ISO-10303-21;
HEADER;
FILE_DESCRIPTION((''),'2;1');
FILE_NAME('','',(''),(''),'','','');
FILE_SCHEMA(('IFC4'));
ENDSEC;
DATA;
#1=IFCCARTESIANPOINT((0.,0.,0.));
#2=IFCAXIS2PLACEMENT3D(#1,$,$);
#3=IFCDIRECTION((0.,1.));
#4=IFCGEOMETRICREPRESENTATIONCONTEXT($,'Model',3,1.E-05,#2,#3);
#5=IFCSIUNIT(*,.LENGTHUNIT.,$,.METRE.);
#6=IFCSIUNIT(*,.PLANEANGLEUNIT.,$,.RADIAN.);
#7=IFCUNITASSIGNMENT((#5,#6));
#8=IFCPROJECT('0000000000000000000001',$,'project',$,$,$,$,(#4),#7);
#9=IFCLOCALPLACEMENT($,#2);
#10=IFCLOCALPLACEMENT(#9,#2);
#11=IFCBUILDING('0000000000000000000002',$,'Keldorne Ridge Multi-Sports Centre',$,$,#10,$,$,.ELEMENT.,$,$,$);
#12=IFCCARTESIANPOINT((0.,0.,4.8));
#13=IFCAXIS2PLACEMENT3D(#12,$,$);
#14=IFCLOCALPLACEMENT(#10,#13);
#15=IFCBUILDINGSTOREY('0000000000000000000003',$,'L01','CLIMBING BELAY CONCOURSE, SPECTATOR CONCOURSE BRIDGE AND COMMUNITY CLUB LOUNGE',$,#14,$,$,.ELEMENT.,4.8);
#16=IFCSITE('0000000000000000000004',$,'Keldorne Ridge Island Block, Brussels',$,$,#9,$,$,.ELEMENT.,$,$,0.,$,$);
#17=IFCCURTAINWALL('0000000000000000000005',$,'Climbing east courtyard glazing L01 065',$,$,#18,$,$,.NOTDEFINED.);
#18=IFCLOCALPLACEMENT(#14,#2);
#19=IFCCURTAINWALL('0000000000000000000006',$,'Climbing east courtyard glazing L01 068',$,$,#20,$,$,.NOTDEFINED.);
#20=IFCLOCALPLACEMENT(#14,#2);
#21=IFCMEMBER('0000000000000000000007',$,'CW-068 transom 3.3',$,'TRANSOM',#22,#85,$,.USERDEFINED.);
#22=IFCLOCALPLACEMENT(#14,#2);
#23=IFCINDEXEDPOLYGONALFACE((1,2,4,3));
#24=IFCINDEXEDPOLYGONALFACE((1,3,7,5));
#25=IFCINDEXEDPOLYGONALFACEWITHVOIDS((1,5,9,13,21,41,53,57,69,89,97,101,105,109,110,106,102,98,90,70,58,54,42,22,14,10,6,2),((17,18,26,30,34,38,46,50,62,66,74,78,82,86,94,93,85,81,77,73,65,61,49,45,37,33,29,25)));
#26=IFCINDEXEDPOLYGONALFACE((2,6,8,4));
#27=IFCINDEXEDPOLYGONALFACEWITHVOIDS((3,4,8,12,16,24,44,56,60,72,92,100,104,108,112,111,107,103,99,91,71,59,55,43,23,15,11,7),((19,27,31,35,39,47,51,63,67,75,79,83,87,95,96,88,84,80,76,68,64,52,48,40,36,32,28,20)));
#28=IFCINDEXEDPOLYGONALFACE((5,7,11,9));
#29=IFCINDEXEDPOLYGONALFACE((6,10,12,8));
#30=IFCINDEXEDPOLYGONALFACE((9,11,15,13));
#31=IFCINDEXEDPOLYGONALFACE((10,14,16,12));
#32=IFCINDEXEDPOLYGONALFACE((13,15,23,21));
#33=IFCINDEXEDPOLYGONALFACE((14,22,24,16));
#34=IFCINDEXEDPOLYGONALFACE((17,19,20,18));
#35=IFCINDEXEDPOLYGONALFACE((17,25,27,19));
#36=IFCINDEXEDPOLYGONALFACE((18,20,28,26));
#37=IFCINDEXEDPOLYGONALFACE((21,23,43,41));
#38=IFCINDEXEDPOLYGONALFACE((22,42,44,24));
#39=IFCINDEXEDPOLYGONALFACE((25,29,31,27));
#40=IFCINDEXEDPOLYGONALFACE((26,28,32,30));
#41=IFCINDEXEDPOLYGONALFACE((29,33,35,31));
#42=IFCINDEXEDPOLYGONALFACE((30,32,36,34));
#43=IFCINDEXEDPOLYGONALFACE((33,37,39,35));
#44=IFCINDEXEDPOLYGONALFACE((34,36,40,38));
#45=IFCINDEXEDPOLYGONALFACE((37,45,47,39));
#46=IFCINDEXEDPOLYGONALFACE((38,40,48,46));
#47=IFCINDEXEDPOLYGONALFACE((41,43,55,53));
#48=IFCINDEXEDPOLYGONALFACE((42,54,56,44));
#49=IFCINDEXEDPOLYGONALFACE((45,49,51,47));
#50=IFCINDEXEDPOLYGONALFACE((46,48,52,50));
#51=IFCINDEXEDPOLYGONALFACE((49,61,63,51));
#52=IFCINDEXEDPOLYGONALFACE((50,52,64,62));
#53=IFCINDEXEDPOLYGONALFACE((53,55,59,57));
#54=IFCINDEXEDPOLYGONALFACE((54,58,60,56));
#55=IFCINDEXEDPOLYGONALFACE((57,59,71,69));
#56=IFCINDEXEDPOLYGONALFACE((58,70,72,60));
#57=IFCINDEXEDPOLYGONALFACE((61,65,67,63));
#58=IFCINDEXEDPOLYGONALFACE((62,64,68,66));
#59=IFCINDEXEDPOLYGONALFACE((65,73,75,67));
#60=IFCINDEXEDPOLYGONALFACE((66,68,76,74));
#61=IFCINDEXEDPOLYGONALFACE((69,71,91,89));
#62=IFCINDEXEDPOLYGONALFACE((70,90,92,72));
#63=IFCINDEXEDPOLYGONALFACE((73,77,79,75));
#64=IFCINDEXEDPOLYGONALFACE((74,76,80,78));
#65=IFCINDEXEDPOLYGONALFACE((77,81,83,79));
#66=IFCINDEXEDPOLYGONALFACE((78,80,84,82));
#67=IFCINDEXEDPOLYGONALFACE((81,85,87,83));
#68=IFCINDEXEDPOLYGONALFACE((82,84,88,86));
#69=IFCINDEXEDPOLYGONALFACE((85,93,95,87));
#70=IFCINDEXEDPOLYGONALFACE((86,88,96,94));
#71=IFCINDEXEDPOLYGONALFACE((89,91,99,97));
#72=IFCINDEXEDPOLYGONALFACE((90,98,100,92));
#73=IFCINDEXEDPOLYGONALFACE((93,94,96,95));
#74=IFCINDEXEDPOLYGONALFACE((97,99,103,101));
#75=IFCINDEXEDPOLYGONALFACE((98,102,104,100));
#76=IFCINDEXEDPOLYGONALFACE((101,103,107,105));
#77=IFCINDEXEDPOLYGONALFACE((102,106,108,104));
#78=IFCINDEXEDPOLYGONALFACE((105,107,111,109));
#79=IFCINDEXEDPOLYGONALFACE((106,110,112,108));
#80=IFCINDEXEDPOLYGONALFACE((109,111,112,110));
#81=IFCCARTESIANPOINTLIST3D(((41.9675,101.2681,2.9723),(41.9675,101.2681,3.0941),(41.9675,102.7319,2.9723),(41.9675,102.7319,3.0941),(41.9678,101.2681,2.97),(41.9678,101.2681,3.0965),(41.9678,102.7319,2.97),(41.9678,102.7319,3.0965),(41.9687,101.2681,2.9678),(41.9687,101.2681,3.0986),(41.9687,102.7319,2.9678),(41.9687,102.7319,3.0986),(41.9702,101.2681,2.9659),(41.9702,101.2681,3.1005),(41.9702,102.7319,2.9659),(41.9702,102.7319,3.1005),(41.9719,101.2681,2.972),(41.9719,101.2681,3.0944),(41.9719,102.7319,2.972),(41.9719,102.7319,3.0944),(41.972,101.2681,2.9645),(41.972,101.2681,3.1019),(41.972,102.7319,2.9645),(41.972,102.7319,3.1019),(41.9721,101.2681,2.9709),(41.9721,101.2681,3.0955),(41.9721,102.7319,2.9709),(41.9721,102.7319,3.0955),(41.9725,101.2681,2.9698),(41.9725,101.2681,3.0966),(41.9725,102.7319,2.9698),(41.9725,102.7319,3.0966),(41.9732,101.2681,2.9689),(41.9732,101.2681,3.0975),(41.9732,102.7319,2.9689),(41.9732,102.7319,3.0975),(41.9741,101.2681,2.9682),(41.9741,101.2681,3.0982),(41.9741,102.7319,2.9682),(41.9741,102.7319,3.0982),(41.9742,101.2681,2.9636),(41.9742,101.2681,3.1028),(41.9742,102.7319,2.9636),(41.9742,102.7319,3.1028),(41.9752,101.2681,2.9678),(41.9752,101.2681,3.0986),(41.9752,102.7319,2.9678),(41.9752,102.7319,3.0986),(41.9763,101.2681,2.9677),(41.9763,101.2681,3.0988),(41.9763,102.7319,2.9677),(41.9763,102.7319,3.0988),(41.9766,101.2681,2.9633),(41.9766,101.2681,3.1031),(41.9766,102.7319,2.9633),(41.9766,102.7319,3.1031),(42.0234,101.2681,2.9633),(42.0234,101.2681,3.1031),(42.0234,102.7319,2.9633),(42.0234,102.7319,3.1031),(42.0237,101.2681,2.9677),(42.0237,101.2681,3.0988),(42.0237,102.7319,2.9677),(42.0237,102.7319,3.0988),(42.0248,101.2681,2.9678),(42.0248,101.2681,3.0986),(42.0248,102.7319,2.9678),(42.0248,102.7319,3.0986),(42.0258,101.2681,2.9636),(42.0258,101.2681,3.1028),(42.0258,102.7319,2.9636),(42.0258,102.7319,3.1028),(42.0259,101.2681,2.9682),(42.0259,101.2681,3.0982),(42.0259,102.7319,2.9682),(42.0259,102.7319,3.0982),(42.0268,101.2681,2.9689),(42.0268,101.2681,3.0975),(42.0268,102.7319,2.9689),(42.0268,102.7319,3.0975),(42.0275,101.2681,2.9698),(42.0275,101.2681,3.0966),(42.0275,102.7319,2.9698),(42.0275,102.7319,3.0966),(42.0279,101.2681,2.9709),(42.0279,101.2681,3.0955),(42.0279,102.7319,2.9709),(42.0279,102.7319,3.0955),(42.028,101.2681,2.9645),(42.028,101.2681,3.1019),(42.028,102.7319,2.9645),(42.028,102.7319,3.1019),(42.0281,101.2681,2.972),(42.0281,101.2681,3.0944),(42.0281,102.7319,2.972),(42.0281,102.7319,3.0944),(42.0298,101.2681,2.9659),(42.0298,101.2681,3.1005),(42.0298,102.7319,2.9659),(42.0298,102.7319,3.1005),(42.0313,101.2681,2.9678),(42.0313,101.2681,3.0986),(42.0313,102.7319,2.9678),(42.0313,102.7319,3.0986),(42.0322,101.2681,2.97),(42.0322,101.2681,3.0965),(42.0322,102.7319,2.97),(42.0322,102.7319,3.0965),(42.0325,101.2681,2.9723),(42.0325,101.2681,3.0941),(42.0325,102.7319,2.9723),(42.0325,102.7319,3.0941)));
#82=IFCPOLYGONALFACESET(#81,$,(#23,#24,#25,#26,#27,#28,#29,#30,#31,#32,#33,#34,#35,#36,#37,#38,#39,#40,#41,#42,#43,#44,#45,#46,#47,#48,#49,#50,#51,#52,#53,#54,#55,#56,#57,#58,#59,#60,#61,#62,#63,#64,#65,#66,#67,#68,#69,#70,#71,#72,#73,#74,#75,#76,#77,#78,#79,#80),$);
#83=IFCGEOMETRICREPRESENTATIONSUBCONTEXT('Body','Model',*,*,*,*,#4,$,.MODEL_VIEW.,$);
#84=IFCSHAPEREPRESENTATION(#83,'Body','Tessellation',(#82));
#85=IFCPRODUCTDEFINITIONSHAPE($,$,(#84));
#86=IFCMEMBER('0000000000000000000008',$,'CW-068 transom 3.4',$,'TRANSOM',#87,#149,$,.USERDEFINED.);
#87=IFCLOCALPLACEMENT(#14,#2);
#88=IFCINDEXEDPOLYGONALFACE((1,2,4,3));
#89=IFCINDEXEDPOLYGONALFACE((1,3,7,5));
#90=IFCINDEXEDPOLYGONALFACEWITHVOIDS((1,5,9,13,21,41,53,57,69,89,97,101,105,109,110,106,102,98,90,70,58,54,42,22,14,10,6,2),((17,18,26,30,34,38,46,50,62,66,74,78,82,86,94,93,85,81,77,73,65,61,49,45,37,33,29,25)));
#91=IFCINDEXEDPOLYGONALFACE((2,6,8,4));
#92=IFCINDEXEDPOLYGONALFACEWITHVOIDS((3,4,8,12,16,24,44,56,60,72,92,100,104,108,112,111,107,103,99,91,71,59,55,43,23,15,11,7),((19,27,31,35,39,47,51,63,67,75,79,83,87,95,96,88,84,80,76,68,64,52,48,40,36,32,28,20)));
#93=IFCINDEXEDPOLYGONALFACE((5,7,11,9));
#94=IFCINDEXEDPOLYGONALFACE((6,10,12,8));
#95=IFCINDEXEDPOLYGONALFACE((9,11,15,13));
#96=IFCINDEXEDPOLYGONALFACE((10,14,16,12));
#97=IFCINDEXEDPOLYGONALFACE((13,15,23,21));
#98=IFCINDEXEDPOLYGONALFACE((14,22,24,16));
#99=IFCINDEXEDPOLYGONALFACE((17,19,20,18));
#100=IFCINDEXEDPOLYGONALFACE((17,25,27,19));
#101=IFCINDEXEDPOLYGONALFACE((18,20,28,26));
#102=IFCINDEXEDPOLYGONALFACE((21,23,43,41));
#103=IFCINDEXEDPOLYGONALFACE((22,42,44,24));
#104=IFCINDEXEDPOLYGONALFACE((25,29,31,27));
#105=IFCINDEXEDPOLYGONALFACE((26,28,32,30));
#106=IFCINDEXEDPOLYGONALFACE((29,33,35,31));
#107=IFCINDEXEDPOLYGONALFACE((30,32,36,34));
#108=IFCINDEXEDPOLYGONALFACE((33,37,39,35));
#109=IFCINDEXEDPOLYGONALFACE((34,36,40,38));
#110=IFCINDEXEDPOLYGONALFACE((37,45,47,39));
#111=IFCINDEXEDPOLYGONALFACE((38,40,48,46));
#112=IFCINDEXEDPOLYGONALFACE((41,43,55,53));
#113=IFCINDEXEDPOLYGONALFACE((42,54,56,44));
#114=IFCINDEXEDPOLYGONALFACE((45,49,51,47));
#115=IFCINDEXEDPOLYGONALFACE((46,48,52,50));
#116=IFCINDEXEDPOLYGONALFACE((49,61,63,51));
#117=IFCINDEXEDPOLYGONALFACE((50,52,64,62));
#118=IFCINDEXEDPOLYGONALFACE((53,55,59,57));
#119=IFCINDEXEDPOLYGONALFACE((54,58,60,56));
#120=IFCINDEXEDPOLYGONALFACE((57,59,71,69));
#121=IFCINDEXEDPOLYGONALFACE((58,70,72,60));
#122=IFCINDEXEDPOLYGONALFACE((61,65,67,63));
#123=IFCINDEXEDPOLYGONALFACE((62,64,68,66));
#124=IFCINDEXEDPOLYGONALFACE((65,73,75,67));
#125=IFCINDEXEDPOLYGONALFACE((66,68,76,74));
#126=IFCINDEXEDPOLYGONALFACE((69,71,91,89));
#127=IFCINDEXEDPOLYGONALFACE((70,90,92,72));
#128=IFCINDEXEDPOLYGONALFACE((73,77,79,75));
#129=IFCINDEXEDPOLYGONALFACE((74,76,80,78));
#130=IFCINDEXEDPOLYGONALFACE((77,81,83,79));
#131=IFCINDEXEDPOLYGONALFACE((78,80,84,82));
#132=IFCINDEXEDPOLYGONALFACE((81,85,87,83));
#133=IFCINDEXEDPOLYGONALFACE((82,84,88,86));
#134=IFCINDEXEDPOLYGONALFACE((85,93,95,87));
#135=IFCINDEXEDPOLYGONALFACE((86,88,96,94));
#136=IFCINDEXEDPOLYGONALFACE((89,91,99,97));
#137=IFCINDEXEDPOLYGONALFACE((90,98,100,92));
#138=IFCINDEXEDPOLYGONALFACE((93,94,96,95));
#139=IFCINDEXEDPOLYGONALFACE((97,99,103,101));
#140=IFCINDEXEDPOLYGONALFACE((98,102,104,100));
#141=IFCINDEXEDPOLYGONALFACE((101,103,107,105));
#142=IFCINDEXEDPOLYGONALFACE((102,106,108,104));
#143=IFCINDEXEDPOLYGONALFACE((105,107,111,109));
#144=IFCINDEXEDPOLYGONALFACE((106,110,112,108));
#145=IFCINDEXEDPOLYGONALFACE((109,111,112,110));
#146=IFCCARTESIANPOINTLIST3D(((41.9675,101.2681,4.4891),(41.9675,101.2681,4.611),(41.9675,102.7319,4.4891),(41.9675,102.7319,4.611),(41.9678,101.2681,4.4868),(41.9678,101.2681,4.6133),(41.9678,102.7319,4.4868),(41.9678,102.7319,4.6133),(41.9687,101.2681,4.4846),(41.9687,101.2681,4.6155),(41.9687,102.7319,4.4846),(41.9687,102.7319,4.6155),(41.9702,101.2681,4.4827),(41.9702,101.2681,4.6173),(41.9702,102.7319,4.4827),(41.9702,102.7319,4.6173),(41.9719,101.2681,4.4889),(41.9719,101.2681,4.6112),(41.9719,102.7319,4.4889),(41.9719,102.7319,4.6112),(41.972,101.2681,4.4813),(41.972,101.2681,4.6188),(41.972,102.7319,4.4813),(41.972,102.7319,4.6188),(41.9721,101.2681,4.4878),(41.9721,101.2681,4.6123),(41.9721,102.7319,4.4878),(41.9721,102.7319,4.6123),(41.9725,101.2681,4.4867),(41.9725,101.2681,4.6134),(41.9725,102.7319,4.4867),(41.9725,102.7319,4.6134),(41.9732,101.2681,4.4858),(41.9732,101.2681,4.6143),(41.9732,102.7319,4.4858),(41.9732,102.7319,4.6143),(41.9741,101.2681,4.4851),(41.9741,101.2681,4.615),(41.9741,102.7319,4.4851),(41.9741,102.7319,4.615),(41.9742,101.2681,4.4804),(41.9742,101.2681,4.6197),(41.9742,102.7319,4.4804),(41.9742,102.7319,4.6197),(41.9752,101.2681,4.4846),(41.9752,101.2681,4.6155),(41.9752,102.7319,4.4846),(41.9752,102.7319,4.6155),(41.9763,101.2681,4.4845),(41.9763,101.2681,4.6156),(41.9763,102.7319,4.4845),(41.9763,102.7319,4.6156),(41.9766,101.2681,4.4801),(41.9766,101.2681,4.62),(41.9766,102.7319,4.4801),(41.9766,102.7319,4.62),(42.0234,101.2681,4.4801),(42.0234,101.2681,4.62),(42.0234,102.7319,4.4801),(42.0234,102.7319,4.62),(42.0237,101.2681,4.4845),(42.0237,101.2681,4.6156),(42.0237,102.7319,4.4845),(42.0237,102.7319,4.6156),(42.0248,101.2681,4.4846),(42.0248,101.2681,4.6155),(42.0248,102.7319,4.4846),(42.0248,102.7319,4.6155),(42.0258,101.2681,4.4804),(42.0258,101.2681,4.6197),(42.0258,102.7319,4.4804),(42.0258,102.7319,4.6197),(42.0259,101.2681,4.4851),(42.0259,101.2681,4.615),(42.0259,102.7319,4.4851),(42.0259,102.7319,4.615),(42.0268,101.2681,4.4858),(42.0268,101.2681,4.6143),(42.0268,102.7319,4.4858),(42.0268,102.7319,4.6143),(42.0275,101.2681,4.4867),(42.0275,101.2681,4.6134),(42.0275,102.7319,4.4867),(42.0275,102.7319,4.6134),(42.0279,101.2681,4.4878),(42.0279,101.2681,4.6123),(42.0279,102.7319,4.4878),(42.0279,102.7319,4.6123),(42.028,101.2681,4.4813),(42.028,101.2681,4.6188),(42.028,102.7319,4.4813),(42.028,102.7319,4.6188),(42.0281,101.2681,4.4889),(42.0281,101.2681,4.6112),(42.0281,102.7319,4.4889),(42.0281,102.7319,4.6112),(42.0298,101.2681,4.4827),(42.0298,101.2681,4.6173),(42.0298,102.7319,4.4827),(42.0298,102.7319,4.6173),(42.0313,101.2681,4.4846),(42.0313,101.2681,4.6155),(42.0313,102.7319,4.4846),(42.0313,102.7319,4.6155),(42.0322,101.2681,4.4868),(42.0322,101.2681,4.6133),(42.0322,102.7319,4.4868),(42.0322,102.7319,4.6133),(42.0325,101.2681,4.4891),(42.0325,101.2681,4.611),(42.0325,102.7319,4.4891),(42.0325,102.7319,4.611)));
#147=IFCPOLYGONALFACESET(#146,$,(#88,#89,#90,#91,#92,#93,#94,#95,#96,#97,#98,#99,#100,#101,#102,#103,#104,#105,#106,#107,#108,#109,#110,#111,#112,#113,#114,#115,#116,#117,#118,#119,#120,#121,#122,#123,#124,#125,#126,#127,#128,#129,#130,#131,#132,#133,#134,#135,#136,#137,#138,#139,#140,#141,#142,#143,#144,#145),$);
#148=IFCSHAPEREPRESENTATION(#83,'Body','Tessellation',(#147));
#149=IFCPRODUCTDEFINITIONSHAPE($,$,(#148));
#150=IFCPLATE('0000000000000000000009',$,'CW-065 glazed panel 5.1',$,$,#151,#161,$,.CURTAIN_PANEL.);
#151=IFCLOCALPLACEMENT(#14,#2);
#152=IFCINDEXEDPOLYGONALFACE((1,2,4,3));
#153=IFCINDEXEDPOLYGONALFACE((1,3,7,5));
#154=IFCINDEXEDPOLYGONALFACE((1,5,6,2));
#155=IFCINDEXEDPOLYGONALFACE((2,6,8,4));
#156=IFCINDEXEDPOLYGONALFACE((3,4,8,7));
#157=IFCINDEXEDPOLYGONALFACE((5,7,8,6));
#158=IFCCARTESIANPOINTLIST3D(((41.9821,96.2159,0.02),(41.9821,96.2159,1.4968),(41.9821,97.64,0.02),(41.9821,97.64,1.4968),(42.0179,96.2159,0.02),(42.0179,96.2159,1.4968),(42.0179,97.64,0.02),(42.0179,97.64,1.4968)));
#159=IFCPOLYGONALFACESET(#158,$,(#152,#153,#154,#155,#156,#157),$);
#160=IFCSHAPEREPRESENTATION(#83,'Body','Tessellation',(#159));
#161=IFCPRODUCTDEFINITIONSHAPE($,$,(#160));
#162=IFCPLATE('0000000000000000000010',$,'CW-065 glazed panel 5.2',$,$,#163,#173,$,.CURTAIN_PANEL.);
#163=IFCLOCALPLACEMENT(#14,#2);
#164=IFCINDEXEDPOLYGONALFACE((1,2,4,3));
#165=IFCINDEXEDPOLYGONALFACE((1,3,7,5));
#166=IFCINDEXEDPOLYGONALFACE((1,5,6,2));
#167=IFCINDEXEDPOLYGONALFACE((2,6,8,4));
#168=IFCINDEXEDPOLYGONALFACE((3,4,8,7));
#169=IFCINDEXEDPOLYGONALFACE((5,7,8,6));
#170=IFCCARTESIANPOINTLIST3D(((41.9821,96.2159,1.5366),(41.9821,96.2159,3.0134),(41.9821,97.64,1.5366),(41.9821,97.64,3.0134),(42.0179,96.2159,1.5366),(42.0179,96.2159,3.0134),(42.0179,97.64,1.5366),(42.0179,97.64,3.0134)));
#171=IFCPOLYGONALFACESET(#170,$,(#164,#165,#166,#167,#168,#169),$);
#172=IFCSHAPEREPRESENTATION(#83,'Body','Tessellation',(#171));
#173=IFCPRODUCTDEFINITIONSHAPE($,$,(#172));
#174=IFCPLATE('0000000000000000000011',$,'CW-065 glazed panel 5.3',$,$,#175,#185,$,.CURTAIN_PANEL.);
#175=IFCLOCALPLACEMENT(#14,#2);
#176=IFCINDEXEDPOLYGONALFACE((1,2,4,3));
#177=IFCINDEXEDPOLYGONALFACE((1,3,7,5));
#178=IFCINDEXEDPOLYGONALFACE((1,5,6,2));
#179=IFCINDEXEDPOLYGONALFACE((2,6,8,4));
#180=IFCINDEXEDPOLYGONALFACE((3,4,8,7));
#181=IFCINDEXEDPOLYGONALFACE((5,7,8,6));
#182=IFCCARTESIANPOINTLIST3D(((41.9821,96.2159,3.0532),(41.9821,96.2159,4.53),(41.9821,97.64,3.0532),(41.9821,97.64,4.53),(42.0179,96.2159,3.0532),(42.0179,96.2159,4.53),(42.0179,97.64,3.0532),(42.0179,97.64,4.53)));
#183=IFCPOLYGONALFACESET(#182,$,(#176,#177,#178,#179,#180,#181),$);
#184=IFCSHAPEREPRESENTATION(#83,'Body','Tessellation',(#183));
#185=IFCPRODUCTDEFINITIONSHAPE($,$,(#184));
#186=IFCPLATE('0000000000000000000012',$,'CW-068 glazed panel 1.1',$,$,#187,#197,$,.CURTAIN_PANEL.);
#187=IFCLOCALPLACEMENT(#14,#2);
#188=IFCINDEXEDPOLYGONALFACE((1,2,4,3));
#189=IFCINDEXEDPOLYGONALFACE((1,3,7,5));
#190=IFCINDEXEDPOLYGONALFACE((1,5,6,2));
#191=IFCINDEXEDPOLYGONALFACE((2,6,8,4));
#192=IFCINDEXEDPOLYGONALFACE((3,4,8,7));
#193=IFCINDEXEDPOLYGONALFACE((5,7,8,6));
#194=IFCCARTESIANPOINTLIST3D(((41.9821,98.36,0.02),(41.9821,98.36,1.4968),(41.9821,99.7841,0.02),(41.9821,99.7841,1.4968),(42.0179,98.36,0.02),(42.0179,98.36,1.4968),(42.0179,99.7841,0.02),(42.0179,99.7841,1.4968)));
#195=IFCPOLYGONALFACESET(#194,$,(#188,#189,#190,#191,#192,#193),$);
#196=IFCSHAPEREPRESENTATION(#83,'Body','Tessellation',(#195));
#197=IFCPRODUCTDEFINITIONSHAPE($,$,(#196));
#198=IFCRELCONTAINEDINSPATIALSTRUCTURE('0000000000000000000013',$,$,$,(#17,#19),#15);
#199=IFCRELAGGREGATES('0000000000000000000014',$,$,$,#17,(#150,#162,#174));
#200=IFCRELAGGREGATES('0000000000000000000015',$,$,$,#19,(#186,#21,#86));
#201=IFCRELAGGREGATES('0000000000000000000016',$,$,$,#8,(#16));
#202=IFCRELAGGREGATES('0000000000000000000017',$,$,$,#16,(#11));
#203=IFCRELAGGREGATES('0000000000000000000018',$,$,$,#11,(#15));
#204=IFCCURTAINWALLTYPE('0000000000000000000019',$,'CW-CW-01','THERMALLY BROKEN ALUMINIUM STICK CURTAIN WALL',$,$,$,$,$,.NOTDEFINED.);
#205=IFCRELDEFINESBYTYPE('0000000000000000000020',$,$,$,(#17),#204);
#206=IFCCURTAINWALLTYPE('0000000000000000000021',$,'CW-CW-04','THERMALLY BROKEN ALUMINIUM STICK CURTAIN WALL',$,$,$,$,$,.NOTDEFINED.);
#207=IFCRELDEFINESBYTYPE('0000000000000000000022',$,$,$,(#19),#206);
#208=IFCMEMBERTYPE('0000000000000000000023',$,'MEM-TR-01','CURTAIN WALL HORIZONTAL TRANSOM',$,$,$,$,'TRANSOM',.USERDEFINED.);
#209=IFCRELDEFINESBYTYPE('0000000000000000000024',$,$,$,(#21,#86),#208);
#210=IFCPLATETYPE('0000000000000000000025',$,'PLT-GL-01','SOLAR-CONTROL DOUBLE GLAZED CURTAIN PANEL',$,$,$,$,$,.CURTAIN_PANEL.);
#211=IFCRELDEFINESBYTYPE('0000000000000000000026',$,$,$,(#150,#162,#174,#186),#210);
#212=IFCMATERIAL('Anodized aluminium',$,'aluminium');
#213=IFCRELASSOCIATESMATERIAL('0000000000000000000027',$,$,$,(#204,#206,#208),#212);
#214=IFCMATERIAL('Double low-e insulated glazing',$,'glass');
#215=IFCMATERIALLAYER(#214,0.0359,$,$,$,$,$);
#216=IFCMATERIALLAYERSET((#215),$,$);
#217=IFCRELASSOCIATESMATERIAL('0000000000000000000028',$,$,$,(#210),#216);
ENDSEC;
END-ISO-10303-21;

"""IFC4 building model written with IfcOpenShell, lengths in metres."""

from ifc_helpers import new_model, si_unit, direction, frame, origin, origin_2d, place, context, subcontext, project, spatial, rectangle, hollow_rectangle, extrude, material, layer, layer_set, material_profile, profile_set, type_object, element, aggregate, save


model = new_model("IFC4")

# Units and contexts
model_context = context("Model", 3, precision=1e-05, world=origin(), true_north=direction((0.0, 1.0)))
body_context = subcontext(model_context, "Body", "Model", "MODEL_VIEW")
ifc_project = project(units=[si_unit("LENGTHUNIT", "METRE"), si_unit("PLANEANGLEUNIT", "RADIAN")], contexts=[model_context])

# Site, building, storey
site_placement = place(None, origin())
site = spatial("IfcSite", under=ifc_project, at=site_placement, Name="Keldorne Ridge Island Block, Brussels", CompositionType="ELEMENT", RefElevation=0.0)
building_placement = place(site_placement, origin())
building = spatial("IfcBuilding", under=site, at=building_placement, Name="Keldorne Ridge Multi-Sports Centre", CompositionType="ELEMENT")
storey_placement = place(building_placement, frame((0.0, 0.0, 4.8)))
storey = spatial("IfcBuildingStorey", under=building, at=storey_placement, Name="L01", Description="CLIMBING BELAY CONCOURSE, SPECTATOR CONCOURSE BRIDGE AND COMMUNITY CLUB LOUNGE", CompositionType="ELEMENT", Elevation=4.8)

# Curtain wall
ifc_material_1 = material(Name="Anodized aluminium", Category="aluminium")
curtain_wall_type_1 = type_object("IfcCurtainWallType", Name="CW-CW-01", Description="THERMALLY BROKEN ALUMINIUM STICK CURTAIN WALL", PredefinedType="NOTDEFINED", material=ifc_material_1)
curtain_wall_1_placement = place(storey_placement, origin())
curtain_wall_1 = element("IfcCurtainWall", 1, at=curtain_wall_1_placement, inside=storey, type_object=curtain_wall_type_1, Name="Climbing east courtyard glazing L01 065", PredefinedType="NOTDEFINED")

# Curtain wall, members
curtain_wall_type_2 = type_object("IfcCurtainWallType", Name="CW-CW-04", Description="THERMALLY BROKEN ALUMINIUM STICK CURTAIN WALL", PredefinedType="NOTDEFINED", material=ifc_material_1)
curtain_wall_2_placement = place(storey_placement, origin())
curtain_wall_2 = element("IfcCurtainWall", 2, at=curtain_wall_2_placement, inside=storey, type_object=curtain_wall_type_2, Name="Climbing east courtyard glazing L01 068", PredefinedType="NOTDEFINED")
ifc_material_profile_1 = material_profile(ifc_material_1, hollow_rectangle(XDim=0.0649, YDim=0.1399, WallThickness=0.0044, InnerFilletRadius=0.0044, OuterFilletRadius=0.009, at=origin_2d()), Name="ALU TRANSOM 140x65x4.5")
ifc_profile_set_1 = profile_set([ifc_material_profile_1], Name="Anodized aluminium")
member_type_1 = type_object("IfcMemberType", Name="MEM-TR-01", Description="CURTAIN WALL HORIZONTAL TRANSOM", ElementType="TRANSOM", PredefinedType="USERDEFINED", material=ifc_profile_set_1)
member_1_placement = place(storey_placement, frame((42.0, 101.2681, 3.0332), z_axis=(0.0, 1.0, 0.0), x_axis=(-1.0, 0.0, 0.0)))
member_1 = element("IfcMember", 3, at=member_1_placement, type_object=member_type_1, Name="CW-068 transom 3.3", ObjectType="TRANSOM", PredefinedType="USERDEFINED", context=body_context, shape_type="SweptSolid", body=[
    extrude(hollow_rectangle(XDim=0.0649, YDim=0.1399, WallThickness=0.0044, InnerFilletRadius=0.0044, OuterFilletRadius=0.009, at=origin_2d()), origin(), (0.0, 0.0, 1.0), 1.4639),
])
member_2_placement = place(storey_placement, frame((42.0, 101.2681, 4.55), z_axis=(0.0, 1.0, 0.0), x_axis=(-1.0, 0.0, 0.0)))
member_2 = element("IfcMember", 4, at=member_2_placement, type_object=member_type_1, Name="CW-068 transom 3.4", ObjectType="TRANSOM", PredefinedType="USERDEFINED", context=body_context, shape_type="SweptSolid", body=[
    extrude(hollow_rectangle(XDim=0.0649, YDim=0.1399, WallThickness=0.0044, InnerFilletRadius=0.0044, OuterFilletRadius=0.009, at=origin_2d()), origin(), (0.0, 0.0, 1.0), 1.4639),
])

# Plates
ifc_material_2 = material(Name="Double low-e insulated glazing", Category="glass")
ifc_layer = layer(ifc_material_2, 0.0359)
ifc_layer_set = layer_set([ifc_layer])
plate_type = type_object("IfcPlateType", Name="PLT-GL-01", Description="SOLAR-CONTROL DOUBLE GLAZED CURTAIN PANEL", PredefinedType="CURTAIN_PANEL", material=ifc_layer_set)
plate_1_placement = place(storey_placement, frame((42.0, 96.928, 0.02), z_axis=(0.0, 0.0, 1.0), x_axis=(0.0, 1.0, 0.0)))
plate_1 = element("IfcPlate", 5, at=plate_1_placement, type_object=plate_type, Name="CW-065 glazed panel 5.1", PredefinedType="CURTAIN_PANEL", context=body_context, shape_type="SweptSolid", body=[
    extrude(rectangle(XDim=1.4241, YDim=0.0359, at=origin_2d()), origin(), (0.0, 0.0, 1.0), 1.4768),
])
plate_2_placement = place(storey_placement, frame((42.0, 96.928, 1.5366), z_axis=(0.0, 0.0, 1.0), x_axis=(0.0, 1.0, 0.0)))
plate_2 = element("IfcPlate", 6, at=plate_2_placement, type_object=plate_type, Name="CW-065 glazed panel 5.2", PredefinedType="CURTAIN_PANEL", context=body_context, shape_type="SweptSolid", body=[
    extrude(rectangle(XDim=1.4241, YDim=0.0359, at=origin_2d()), origin(), (0.0, 0.0, 1.0), 1.4768),
])
plate_3_placement = place(storey_placement, frame((42.0, 96.928, 3.0532), z_axis=(0.0, 0.0, 1.0), x_axis=(0.0, 1.0, 0.0)))
plate_3 = element("IfcPlate", 7, at=plate_3_placement, type_object=plate_type, Name="CW-065 glazed panel 5.3", PredefinedType="CURTAIN_PANEL", context=body_context, shape_type="SweptSolid", body=[
    extrude(rectangle(XDim=1.4241, YDim=0.0359, at=origin_2d()), origin(), (0.0, 0.0, 1.0), 1.4768),
])
aggregate(curtain_wall_1, [plate_1, plate_2, plate_3])
plate_4_placement = place(storey_placement, frame((42.0, 99.072, 0.02), z_axis=(0.0, 0.0, 1.0), x_axis=(0.0, 1.0, 0.0)))
plate_4 = element("IfcPlate", 8, at=plate_4_placement, type_object=plate_type, Name="CW-068 glazed panel 1.1", PredefinedType="CURTAIN_PANEL", context=body_context, shape_type="SweptSolid", body=[
    extrude(rectangle(XDim=1.4241, YDim=0.0359, at=origin_2d()), origin(), (0.0, 0.0, 1.0), 1.4768),
])
aggregate(curtain_wall_2, [plate_4, member_1, member_2])

save(model, "model.ifc")
